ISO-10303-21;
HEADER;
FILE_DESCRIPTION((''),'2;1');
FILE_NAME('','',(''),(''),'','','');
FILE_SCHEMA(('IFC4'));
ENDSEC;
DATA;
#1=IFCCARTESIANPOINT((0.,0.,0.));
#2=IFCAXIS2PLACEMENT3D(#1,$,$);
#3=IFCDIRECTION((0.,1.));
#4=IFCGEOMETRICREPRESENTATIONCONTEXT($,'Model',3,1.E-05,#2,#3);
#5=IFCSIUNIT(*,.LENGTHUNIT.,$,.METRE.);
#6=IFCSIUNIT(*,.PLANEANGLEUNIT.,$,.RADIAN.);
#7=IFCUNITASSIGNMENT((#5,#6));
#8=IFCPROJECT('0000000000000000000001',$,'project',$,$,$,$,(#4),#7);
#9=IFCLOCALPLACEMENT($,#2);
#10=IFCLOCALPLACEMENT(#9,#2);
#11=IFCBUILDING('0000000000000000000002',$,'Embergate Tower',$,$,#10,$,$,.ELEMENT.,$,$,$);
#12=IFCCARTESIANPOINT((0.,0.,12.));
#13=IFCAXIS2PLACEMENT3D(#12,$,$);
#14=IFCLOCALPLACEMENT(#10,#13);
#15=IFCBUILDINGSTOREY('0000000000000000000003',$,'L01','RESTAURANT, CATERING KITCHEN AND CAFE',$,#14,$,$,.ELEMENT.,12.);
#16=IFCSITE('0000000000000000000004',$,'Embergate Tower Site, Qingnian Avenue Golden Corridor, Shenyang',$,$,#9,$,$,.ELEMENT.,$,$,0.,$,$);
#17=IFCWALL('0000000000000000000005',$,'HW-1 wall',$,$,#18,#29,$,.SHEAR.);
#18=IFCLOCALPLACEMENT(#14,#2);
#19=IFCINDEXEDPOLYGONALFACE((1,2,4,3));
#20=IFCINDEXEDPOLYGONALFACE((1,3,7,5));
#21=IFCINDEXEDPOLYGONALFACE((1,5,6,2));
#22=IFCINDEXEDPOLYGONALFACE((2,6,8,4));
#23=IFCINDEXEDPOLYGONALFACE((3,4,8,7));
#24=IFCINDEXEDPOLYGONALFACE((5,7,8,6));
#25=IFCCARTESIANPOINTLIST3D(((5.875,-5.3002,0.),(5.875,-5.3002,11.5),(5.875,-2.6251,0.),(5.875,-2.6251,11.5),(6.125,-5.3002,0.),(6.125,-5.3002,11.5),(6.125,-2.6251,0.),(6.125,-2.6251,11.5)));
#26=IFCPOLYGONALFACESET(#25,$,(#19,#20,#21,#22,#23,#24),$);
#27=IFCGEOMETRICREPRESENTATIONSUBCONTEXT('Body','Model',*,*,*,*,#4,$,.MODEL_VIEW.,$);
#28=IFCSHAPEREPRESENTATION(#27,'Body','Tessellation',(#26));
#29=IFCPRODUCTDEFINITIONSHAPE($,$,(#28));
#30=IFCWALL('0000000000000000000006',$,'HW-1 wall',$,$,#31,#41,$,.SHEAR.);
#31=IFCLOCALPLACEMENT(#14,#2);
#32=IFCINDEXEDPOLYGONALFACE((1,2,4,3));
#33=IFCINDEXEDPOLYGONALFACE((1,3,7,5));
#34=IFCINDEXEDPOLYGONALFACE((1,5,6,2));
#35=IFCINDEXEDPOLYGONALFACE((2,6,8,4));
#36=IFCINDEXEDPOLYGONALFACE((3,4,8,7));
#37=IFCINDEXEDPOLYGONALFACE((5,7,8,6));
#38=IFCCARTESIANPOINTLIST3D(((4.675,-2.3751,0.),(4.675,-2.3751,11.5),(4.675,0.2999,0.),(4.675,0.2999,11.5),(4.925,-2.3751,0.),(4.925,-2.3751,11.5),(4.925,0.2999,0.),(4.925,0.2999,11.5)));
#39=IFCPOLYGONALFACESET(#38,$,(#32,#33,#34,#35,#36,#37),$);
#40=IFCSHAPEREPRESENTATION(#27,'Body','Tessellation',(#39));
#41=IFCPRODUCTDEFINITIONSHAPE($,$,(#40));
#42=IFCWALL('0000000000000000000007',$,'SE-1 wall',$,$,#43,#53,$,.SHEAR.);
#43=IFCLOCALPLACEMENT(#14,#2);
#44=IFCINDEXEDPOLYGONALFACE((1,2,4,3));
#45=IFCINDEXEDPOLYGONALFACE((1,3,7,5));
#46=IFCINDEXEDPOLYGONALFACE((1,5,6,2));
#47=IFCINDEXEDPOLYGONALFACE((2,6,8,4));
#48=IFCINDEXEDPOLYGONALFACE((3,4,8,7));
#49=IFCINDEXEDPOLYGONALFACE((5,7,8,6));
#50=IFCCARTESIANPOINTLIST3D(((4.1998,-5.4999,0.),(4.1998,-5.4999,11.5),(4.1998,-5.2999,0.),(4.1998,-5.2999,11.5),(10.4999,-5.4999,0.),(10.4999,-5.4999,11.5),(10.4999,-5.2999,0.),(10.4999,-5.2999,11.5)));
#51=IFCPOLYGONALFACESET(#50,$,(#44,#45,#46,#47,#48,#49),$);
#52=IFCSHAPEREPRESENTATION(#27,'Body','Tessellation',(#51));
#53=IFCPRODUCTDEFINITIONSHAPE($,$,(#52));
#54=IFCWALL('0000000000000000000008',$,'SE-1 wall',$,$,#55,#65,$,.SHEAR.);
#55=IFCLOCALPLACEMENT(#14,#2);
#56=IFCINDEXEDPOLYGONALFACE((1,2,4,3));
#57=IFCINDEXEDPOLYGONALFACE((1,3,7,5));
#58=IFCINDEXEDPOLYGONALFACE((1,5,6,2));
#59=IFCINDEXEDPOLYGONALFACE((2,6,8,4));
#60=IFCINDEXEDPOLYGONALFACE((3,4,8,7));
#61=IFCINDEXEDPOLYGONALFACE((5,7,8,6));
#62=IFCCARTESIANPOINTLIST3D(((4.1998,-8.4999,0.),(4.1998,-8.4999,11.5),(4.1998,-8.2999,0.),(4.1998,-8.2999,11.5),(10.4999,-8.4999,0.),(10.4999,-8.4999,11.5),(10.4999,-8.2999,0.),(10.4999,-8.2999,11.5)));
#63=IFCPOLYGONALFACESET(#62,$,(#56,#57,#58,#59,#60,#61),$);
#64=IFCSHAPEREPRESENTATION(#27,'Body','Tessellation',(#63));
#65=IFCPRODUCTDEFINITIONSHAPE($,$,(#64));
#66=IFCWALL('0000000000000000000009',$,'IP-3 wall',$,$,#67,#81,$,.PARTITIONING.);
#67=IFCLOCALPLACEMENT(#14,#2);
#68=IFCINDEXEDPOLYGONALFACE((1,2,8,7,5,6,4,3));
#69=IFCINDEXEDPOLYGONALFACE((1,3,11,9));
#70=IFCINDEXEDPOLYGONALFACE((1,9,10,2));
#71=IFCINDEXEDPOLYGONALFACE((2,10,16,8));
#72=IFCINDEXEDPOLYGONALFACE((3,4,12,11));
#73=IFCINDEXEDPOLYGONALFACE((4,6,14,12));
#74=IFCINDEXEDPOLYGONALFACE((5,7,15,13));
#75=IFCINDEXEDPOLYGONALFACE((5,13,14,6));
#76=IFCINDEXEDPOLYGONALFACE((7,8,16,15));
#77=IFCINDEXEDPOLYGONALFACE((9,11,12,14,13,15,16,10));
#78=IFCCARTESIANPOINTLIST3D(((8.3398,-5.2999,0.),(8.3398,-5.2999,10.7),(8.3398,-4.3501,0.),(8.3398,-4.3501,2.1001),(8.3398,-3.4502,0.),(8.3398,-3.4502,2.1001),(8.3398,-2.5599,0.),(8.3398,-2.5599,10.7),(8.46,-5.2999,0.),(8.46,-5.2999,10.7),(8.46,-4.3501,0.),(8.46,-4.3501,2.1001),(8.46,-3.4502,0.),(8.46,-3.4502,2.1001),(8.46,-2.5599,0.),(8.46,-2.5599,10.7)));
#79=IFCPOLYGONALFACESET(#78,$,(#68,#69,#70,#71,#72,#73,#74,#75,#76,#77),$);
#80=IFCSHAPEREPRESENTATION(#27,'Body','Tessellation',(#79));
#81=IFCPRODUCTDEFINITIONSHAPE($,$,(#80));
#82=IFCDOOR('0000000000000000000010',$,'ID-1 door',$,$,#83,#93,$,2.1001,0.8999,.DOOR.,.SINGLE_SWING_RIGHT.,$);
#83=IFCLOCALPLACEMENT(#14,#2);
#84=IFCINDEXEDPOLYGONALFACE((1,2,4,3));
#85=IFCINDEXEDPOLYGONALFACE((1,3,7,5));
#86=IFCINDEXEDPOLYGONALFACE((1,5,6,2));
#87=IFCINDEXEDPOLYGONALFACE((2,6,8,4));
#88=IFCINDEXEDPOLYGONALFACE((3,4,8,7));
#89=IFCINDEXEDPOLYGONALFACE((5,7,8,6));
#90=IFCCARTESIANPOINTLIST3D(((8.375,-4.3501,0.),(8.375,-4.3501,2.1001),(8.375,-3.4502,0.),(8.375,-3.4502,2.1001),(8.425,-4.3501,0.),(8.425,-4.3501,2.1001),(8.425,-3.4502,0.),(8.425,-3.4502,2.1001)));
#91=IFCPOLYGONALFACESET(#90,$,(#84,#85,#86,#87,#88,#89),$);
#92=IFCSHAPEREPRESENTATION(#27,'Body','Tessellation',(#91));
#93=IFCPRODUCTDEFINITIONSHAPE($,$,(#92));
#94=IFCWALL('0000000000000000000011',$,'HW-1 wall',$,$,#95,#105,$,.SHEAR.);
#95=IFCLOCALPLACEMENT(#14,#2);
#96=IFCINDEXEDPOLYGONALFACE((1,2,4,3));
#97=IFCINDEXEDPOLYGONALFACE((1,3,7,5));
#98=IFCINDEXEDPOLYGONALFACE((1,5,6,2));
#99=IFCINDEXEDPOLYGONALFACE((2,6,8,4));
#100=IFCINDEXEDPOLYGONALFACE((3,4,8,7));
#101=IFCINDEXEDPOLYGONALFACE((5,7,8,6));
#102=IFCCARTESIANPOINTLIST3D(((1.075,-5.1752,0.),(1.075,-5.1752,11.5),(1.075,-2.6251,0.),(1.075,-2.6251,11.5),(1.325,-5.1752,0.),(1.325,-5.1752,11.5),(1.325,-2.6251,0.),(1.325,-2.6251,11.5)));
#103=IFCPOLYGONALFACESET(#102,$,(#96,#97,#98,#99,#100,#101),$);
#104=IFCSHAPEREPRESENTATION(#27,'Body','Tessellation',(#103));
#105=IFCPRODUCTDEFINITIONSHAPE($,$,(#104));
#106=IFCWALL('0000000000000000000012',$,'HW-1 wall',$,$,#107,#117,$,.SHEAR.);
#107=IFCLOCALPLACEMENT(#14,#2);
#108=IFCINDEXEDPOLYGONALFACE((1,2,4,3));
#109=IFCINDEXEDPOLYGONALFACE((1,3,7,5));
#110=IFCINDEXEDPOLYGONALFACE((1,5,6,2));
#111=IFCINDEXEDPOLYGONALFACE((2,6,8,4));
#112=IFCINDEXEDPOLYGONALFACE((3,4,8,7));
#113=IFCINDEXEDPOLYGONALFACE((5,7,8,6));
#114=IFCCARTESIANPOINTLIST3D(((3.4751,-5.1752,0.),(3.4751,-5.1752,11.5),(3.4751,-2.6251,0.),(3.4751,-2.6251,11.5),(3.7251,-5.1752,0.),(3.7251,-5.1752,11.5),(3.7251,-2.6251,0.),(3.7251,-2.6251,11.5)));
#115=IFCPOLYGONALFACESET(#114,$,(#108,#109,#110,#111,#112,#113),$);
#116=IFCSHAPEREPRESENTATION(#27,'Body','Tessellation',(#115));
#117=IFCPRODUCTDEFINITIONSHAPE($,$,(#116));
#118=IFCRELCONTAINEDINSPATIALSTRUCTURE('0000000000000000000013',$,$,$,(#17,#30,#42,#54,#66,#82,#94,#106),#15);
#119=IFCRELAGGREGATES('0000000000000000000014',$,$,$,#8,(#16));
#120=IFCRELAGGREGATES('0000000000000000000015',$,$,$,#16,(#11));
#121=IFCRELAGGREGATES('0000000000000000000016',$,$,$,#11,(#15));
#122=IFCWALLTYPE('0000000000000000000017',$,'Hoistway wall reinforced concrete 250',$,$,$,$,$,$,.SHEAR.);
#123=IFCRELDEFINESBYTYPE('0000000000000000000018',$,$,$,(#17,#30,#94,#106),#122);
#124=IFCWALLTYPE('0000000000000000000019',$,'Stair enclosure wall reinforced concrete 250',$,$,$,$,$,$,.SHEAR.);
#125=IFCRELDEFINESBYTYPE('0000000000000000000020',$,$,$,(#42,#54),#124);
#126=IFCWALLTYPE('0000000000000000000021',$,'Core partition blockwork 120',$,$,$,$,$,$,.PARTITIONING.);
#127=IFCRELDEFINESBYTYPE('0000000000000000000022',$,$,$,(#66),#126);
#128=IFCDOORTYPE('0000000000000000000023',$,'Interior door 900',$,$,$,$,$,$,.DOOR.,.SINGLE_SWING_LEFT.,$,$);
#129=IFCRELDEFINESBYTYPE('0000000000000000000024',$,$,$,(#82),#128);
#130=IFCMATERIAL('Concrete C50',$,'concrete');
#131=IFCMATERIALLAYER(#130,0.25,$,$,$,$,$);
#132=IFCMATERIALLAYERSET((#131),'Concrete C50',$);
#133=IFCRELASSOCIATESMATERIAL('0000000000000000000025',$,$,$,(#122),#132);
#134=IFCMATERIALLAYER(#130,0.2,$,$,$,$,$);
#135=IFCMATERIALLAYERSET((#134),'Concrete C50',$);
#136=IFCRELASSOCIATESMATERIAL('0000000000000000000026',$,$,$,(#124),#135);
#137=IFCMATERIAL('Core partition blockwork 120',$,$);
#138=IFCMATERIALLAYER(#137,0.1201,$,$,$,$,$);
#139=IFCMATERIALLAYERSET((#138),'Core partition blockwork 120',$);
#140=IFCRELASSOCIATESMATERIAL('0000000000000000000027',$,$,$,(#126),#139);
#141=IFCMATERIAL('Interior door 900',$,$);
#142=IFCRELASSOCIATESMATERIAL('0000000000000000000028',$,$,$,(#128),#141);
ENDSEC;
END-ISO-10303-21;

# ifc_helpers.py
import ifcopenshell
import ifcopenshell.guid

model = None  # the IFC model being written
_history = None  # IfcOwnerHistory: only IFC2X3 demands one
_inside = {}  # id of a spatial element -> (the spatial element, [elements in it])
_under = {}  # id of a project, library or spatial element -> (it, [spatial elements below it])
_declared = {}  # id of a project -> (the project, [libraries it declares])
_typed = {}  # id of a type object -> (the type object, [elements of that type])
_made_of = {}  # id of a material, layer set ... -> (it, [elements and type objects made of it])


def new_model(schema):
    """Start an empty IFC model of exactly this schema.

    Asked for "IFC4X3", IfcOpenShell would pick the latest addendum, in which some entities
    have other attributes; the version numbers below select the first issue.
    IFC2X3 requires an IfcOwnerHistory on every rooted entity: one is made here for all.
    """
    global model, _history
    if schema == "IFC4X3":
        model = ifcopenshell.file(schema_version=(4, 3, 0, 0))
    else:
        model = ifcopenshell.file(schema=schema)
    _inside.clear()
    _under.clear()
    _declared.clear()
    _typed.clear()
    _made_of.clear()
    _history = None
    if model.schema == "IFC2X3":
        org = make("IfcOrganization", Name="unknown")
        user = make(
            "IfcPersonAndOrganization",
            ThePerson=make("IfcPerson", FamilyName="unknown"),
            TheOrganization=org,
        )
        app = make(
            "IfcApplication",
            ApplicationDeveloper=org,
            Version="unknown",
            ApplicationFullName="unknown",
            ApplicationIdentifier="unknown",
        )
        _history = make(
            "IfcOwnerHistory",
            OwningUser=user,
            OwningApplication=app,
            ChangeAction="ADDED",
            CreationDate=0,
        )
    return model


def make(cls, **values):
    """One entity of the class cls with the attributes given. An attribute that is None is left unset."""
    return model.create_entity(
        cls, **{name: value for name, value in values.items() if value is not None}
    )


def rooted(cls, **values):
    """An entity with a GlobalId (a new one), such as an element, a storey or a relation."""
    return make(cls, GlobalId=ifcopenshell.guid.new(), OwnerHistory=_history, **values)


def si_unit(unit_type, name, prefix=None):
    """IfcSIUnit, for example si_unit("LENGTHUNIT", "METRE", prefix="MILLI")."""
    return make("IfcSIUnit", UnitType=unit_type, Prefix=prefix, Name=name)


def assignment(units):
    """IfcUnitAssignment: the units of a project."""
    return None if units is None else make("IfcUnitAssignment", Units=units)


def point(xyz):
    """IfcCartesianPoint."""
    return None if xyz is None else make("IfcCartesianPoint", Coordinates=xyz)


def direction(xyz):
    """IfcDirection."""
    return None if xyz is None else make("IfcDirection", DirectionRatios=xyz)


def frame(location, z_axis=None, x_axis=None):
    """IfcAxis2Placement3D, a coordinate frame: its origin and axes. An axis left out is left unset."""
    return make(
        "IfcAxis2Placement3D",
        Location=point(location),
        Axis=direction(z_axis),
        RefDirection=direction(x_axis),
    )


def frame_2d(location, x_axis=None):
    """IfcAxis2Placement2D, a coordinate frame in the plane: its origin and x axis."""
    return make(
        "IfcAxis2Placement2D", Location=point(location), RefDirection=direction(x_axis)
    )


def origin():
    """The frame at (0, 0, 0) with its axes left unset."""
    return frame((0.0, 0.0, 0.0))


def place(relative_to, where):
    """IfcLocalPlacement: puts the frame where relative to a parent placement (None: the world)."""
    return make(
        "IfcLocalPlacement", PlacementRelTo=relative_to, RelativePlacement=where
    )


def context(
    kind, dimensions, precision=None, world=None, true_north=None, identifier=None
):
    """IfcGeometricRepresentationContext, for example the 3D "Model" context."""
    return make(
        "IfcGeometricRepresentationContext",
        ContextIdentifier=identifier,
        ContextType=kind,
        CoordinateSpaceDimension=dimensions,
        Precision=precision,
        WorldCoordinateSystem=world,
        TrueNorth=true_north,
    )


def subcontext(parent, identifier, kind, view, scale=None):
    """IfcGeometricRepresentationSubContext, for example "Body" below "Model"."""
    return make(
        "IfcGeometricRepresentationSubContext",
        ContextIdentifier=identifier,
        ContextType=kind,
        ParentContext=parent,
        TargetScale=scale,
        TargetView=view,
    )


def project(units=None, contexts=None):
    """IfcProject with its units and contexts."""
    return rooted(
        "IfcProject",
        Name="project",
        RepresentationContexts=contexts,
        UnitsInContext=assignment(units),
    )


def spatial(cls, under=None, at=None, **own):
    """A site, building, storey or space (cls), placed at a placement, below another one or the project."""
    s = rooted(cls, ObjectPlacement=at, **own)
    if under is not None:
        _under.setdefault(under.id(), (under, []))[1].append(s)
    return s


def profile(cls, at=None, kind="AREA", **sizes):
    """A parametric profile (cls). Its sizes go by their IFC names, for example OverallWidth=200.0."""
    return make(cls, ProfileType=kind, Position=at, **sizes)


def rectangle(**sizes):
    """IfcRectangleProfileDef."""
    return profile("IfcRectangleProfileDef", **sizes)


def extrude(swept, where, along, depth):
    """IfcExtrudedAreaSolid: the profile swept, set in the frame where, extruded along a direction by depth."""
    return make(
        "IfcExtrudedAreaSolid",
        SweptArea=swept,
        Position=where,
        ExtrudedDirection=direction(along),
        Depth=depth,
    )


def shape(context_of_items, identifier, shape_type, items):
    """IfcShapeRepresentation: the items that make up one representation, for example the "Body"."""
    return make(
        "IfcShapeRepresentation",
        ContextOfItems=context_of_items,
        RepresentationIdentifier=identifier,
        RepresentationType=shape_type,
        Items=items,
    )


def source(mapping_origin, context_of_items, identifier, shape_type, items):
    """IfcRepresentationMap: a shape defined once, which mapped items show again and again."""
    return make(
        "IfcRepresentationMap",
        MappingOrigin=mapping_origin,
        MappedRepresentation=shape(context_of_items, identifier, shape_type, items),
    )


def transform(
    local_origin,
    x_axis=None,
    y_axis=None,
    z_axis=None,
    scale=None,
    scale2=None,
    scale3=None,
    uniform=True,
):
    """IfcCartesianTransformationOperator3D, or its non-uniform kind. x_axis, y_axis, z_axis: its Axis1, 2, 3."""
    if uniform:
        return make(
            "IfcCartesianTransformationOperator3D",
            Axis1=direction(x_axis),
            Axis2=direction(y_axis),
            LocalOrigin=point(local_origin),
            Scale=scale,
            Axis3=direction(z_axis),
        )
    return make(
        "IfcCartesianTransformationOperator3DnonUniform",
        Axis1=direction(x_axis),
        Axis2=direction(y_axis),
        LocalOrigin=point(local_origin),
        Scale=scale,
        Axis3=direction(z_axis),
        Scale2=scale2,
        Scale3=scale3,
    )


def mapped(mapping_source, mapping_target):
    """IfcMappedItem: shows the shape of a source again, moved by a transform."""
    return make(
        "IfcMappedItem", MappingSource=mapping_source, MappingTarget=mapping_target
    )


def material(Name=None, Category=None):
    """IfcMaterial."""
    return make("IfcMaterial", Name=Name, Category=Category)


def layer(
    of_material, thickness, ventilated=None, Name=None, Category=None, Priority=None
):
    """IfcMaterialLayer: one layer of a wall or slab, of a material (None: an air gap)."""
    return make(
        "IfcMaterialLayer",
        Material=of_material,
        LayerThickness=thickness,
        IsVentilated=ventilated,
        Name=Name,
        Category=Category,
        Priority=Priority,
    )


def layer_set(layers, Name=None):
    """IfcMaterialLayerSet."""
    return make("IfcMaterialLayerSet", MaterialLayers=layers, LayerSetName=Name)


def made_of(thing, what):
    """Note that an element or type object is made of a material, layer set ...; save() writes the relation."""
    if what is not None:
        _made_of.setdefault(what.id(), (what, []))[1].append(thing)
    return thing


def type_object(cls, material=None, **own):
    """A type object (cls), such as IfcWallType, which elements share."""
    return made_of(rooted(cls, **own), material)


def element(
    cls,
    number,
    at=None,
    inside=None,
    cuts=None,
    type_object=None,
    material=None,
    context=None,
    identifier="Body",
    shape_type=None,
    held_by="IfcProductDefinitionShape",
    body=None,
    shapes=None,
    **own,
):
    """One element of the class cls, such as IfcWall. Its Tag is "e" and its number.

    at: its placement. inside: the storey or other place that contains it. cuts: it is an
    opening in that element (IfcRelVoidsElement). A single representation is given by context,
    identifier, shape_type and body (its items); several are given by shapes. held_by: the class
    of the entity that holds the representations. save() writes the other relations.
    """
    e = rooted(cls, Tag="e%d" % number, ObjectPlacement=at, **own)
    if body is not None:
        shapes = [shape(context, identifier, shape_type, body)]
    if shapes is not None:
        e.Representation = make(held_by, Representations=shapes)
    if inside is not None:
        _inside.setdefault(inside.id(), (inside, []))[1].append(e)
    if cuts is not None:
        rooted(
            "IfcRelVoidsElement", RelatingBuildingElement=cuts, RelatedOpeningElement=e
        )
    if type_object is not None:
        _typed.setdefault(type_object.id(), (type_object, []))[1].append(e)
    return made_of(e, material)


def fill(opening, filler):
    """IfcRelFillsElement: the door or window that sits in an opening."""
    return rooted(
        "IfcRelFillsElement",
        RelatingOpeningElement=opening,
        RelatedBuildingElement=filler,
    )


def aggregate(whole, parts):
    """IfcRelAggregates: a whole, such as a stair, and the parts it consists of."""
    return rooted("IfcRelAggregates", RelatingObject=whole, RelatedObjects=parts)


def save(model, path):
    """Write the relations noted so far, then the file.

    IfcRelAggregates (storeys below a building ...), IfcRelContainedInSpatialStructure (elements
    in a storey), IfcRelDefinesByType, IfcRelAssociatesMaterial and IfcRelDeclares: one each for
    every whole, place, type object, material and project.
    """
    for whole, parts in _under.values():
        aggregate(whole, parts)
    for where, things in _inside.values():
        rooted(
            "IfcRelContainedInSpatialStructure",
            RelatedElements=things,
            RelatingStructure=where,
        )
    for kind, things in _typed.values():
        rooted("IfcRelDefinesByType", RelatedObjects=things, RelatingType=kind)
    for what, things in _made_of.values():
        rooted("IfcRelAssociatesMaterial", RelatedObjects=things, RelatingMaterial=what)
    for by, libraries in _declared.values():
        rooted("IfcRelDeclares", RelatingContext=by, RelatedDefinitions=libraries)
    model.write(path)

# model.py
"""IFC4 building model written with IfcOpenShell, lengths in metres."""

from ifc_helpers import new_model, si_unit, direction, frame, frame_2d, origin, place, context, subcontext, project, spatial, rectangle, extrude, source, transform, mapped, material, layer, layer_set, type_object, element, fill, save


model = new_model("IFC4")

# Units and contexts
model_context = context("Model", 3, precision=1e-05, world=origin(), true_north=direction((0.0, 1.0)))
body_context = subcontext(model_context, "Body", "Model", "MODEL_VIEW")
ifc_project = project(units=[si_unit("LENGTHUNIT", "METRE"), si_unit("PLANEANGLEUNIT", "RADIAN")], contexts=[model_context])

# Site, building, storey
site_placement = place(None, origin())
site = spatial("IfcSite", under=ifc_project, at=site_placement, Name="Embergate Tower Site, Qingnian Avenue Golden Corridor, Shenyang", CompositionType="ELEMENT", RefElevation=0.0)
building_placement = place(site_placement, origin())
building = spatial("IfcBuilding", under=site, at=building_placement, Name="Embergate Tower", CompositionType="ELEMENT")
storey_placement = place(building_placement, frame((0.0, 0.0, 12.0)))
storey = spatial("IfcBuildingStorey", under=building, at=storey_placement, Name="L01", Description="RESTAURANT, CATERING KITCHEN AND CAFE", CompositionType="ELEMENT", Elevation=12.0)

# Walls
ifc_material_1 = material(Name="Concrete C50", Category="concrete")
ifc_layer_1 = layer(ifc_material_1, 0.25)
ifc_layer_set_1 = layer_set([ifc_layer_1], Name="Concrete C50")
wall_type_1 = type_object("IfcWallType", Name="Hoistway wall reinforced concrete 250", PredefinedType="SHEAR", material=ifc_layer_set_1)
shared_shape_1 = source(origin(), body_context, "Body", "SweptSolid", [
    extrude(rectangle(XDim=2.675, YDim=0.25, at=frame_2d((1.3374, 0.0))), origin(), (0.0, 0.0, 1.0), 11.5),
])
for number, where, z_axis, x_axis, name in (
    (1, (6.0, -5.3, 0.0), (0.0, 0.0, 1.0), (0.0, 1.0, 0.0), "HW-1 wall"),
    (2, (4.8, -2.375, 0.0), (0.0, 0.0, 1.0), (0.0, 1.0, 0.0), "HW-1 wall"),
):
    element("IfcWall", number, at=place(storey_placement, frame(where, z_axis=z_axis, x_axis=x_axis)), inside=storey, type_object=wall_type_1, Name=name, PredefinedType="SHEAR", context=body_context, shape_type="MappedRepresentation", body=[
        mapped(shared_shape_1, transform((0.0, 0.0, 0.0))),
    ])
ifc_layer_2 = layer(ifc_material_1, 0.2)
ifc_layer_set_2 = layer_set([ifc_layer_2], Name="Concrete C50")
wall_type_2 = type_object("IfcWallType", Name="Stair enclosure wall reinforced concrete 250", PredefinedType="SHEAR", material=ifc_layer_set_2)
shared_shape_2 = source(origin(), body_context, "Body", "SweptSolid", [
    extrude(rectangle(XDim=6.3, YDim=0.2, at=frame_2d((3.1499, 0.0))), origin(), (0.0, 0.0, 1.0), 11.5),
])
for number, where, z_axis, x_axis, name in (
    (3, (4.2, -5.3999, 0.0), (0.0, 0.0, 1.0), (1.0, 0.0, 0.0), "SE-1 wall"),
    (4, (4.2, -8.3999, 0.0), (0.0, 0.0, 1.0), (1.0, 0.0, 0.0), "SE-1 wall"),
):
    element("IfcWall", number, at=place(storey_placement, frame(where, z_axis=z_axis, x_axis=x_axis)), inside=storey, type_object=wall_type_2, Name=name, PredefinedType="SHEAR", context=body_context, shape_type="MappedRepresentation", body=[
        mapped(shared_shape_2, transform((0.0, 0.0, 0.0))),
    ])

# Wall, opening, door
ifc_material_2 = material(Name="Core partition blockwork 120")
ifc_layer_3 = layer(ifc_material_2, 0.1201)
ifc_layer_set_3 = layer_set([ifc_layer_3], Name="Core partition blockwork 120")
wall_type_3 = type_object("IfcWallType", Name="Core partition blockwork 120", PredefinedType="PARTITIONING", material=ifc_layer_set_3)
shared_shape_3 = source(origin(), body_context, "Body", "SweptSolid", [
    extrude(rectangle(XDim=2.74, YDim=0.1201, at=frame_2d((1.3701, 0.0))), origin(), (0.0, 0.0, 1.0), 10.7),
])
wall_1_placement = place(storey_placement, frame((8.3999, -5.3, 0.0), z_axis=(0.0, 0.0, 1.0), x_axis=(0.0, 1.0, 0.0)))
wall_1 = element("IfcWall", 5, at=wall_1_placement, inside=storey, type_object=wall_type_3, Name="IP-3 wall", PredefinedType="PARTITIONING", context=body_context, shape_type="MappedRepresentation", body=[
    mapped(shared_shape_3, transform((0.0, 0.0, 0.0))),
])
shared_shape_4 = source(origin(), body_context, "Body", "SweptSolid", [
    extrude(rectangle(XDim=0.8999, YDim=2.1001, at=frame_2d((0.45, 1.05))), frame((0.0, 0.0701, 0.0), z_axis=(0.0, -1.0, 0.0), x_axis=(1.0, 0.0, 0.0)), (0.0, 0.0, 1.0), 0.1401),
])
opening_1_placement = place(wall_1_placement, frame((0.95, 0.0, 0.0)))
opening_1 = element("IfcOpeningElement", 6, at=opening_1_placement, cuts=wall_1, PredefinedType="OPENING", context=body_context, shape_type="MappedRepresentation", body=[
    mapped(shared_shape_4, transform((0.0, 0.0, 0.0))),
])
ifc_material_3 = material(Name="Interior door 900")
door_type_1 = type_object("IfcDoorType", Name="Interior door 900", OperationType="SINGLE_SWING_LEFT", PredefinedType="DOOR", material=ifc_material_3)
shared_shape_5 = source(origin(), body_context, "Body", "SweptSolid", [
    extrude(rectangle(XDim=0.8999, YDim=2.1001, at=frame_2d((0.45, 1.05))), frame((0.0, 0.0249, 0.0), z_axis=(0.0, -1.0, 0.0), x_axis=(1.0, 0.0, 0.0)), (0.0, 0.0, 1.0), 0.05),
])
door_1_placement = place(opening_1_placement, origin())
door_1 = element("IfcDoor", 7, at=door_1_placement, inside=storey, type_object=door_type_1, Name="ID-1 door", OperationType="SINGLE_SWING_RIGHT", OverallHeight=2.1001, OverallWidth=0.8999, PredefinedType="DOOR", context=body_context, shape_type="MappedRepresentation", body=[
    mapped(shared_shape_5, transform((0.0, 0.0, 0.0))),
])
fill(opening_1, door_1)

# Walls
shared_shape_6 = source(origin(), body_context, "Body", "SweptSolid", [
    extrude(rectangle(XDim=2.55, YDim=0.25, at=frame_2d((1.2749, 0.0))), origin(), (0.0, 0.0, 1.0), 11.5),
])
for number, where, z_axis, x_axis, name in (
    (8, (1.2, -5.175, 0.0), (0.0, 0.0, 1.0), (0.0, 1.0, 0.0), "HW-1 wall"),
    (9, (3.6001, -5.175, 0.0), (0.0, 0.0, 1.0), (0.0, 1.0, 0.0), "HW-1 wall"),
):
    element("IfcWall", number, at=place(storey_placement, frame(where, z_axis=z_axis, x_axis=x_axis)), inside=storey, type_object=wall_type_1, Name=name, PredefinedType="SHEAR", context=body_context, shape_type="MappedRepresentation", body=[
        mapped(shared_shape_6, transform((0.0, 0.0, 0.0))),
    ])

save(model, "model.ifc")
